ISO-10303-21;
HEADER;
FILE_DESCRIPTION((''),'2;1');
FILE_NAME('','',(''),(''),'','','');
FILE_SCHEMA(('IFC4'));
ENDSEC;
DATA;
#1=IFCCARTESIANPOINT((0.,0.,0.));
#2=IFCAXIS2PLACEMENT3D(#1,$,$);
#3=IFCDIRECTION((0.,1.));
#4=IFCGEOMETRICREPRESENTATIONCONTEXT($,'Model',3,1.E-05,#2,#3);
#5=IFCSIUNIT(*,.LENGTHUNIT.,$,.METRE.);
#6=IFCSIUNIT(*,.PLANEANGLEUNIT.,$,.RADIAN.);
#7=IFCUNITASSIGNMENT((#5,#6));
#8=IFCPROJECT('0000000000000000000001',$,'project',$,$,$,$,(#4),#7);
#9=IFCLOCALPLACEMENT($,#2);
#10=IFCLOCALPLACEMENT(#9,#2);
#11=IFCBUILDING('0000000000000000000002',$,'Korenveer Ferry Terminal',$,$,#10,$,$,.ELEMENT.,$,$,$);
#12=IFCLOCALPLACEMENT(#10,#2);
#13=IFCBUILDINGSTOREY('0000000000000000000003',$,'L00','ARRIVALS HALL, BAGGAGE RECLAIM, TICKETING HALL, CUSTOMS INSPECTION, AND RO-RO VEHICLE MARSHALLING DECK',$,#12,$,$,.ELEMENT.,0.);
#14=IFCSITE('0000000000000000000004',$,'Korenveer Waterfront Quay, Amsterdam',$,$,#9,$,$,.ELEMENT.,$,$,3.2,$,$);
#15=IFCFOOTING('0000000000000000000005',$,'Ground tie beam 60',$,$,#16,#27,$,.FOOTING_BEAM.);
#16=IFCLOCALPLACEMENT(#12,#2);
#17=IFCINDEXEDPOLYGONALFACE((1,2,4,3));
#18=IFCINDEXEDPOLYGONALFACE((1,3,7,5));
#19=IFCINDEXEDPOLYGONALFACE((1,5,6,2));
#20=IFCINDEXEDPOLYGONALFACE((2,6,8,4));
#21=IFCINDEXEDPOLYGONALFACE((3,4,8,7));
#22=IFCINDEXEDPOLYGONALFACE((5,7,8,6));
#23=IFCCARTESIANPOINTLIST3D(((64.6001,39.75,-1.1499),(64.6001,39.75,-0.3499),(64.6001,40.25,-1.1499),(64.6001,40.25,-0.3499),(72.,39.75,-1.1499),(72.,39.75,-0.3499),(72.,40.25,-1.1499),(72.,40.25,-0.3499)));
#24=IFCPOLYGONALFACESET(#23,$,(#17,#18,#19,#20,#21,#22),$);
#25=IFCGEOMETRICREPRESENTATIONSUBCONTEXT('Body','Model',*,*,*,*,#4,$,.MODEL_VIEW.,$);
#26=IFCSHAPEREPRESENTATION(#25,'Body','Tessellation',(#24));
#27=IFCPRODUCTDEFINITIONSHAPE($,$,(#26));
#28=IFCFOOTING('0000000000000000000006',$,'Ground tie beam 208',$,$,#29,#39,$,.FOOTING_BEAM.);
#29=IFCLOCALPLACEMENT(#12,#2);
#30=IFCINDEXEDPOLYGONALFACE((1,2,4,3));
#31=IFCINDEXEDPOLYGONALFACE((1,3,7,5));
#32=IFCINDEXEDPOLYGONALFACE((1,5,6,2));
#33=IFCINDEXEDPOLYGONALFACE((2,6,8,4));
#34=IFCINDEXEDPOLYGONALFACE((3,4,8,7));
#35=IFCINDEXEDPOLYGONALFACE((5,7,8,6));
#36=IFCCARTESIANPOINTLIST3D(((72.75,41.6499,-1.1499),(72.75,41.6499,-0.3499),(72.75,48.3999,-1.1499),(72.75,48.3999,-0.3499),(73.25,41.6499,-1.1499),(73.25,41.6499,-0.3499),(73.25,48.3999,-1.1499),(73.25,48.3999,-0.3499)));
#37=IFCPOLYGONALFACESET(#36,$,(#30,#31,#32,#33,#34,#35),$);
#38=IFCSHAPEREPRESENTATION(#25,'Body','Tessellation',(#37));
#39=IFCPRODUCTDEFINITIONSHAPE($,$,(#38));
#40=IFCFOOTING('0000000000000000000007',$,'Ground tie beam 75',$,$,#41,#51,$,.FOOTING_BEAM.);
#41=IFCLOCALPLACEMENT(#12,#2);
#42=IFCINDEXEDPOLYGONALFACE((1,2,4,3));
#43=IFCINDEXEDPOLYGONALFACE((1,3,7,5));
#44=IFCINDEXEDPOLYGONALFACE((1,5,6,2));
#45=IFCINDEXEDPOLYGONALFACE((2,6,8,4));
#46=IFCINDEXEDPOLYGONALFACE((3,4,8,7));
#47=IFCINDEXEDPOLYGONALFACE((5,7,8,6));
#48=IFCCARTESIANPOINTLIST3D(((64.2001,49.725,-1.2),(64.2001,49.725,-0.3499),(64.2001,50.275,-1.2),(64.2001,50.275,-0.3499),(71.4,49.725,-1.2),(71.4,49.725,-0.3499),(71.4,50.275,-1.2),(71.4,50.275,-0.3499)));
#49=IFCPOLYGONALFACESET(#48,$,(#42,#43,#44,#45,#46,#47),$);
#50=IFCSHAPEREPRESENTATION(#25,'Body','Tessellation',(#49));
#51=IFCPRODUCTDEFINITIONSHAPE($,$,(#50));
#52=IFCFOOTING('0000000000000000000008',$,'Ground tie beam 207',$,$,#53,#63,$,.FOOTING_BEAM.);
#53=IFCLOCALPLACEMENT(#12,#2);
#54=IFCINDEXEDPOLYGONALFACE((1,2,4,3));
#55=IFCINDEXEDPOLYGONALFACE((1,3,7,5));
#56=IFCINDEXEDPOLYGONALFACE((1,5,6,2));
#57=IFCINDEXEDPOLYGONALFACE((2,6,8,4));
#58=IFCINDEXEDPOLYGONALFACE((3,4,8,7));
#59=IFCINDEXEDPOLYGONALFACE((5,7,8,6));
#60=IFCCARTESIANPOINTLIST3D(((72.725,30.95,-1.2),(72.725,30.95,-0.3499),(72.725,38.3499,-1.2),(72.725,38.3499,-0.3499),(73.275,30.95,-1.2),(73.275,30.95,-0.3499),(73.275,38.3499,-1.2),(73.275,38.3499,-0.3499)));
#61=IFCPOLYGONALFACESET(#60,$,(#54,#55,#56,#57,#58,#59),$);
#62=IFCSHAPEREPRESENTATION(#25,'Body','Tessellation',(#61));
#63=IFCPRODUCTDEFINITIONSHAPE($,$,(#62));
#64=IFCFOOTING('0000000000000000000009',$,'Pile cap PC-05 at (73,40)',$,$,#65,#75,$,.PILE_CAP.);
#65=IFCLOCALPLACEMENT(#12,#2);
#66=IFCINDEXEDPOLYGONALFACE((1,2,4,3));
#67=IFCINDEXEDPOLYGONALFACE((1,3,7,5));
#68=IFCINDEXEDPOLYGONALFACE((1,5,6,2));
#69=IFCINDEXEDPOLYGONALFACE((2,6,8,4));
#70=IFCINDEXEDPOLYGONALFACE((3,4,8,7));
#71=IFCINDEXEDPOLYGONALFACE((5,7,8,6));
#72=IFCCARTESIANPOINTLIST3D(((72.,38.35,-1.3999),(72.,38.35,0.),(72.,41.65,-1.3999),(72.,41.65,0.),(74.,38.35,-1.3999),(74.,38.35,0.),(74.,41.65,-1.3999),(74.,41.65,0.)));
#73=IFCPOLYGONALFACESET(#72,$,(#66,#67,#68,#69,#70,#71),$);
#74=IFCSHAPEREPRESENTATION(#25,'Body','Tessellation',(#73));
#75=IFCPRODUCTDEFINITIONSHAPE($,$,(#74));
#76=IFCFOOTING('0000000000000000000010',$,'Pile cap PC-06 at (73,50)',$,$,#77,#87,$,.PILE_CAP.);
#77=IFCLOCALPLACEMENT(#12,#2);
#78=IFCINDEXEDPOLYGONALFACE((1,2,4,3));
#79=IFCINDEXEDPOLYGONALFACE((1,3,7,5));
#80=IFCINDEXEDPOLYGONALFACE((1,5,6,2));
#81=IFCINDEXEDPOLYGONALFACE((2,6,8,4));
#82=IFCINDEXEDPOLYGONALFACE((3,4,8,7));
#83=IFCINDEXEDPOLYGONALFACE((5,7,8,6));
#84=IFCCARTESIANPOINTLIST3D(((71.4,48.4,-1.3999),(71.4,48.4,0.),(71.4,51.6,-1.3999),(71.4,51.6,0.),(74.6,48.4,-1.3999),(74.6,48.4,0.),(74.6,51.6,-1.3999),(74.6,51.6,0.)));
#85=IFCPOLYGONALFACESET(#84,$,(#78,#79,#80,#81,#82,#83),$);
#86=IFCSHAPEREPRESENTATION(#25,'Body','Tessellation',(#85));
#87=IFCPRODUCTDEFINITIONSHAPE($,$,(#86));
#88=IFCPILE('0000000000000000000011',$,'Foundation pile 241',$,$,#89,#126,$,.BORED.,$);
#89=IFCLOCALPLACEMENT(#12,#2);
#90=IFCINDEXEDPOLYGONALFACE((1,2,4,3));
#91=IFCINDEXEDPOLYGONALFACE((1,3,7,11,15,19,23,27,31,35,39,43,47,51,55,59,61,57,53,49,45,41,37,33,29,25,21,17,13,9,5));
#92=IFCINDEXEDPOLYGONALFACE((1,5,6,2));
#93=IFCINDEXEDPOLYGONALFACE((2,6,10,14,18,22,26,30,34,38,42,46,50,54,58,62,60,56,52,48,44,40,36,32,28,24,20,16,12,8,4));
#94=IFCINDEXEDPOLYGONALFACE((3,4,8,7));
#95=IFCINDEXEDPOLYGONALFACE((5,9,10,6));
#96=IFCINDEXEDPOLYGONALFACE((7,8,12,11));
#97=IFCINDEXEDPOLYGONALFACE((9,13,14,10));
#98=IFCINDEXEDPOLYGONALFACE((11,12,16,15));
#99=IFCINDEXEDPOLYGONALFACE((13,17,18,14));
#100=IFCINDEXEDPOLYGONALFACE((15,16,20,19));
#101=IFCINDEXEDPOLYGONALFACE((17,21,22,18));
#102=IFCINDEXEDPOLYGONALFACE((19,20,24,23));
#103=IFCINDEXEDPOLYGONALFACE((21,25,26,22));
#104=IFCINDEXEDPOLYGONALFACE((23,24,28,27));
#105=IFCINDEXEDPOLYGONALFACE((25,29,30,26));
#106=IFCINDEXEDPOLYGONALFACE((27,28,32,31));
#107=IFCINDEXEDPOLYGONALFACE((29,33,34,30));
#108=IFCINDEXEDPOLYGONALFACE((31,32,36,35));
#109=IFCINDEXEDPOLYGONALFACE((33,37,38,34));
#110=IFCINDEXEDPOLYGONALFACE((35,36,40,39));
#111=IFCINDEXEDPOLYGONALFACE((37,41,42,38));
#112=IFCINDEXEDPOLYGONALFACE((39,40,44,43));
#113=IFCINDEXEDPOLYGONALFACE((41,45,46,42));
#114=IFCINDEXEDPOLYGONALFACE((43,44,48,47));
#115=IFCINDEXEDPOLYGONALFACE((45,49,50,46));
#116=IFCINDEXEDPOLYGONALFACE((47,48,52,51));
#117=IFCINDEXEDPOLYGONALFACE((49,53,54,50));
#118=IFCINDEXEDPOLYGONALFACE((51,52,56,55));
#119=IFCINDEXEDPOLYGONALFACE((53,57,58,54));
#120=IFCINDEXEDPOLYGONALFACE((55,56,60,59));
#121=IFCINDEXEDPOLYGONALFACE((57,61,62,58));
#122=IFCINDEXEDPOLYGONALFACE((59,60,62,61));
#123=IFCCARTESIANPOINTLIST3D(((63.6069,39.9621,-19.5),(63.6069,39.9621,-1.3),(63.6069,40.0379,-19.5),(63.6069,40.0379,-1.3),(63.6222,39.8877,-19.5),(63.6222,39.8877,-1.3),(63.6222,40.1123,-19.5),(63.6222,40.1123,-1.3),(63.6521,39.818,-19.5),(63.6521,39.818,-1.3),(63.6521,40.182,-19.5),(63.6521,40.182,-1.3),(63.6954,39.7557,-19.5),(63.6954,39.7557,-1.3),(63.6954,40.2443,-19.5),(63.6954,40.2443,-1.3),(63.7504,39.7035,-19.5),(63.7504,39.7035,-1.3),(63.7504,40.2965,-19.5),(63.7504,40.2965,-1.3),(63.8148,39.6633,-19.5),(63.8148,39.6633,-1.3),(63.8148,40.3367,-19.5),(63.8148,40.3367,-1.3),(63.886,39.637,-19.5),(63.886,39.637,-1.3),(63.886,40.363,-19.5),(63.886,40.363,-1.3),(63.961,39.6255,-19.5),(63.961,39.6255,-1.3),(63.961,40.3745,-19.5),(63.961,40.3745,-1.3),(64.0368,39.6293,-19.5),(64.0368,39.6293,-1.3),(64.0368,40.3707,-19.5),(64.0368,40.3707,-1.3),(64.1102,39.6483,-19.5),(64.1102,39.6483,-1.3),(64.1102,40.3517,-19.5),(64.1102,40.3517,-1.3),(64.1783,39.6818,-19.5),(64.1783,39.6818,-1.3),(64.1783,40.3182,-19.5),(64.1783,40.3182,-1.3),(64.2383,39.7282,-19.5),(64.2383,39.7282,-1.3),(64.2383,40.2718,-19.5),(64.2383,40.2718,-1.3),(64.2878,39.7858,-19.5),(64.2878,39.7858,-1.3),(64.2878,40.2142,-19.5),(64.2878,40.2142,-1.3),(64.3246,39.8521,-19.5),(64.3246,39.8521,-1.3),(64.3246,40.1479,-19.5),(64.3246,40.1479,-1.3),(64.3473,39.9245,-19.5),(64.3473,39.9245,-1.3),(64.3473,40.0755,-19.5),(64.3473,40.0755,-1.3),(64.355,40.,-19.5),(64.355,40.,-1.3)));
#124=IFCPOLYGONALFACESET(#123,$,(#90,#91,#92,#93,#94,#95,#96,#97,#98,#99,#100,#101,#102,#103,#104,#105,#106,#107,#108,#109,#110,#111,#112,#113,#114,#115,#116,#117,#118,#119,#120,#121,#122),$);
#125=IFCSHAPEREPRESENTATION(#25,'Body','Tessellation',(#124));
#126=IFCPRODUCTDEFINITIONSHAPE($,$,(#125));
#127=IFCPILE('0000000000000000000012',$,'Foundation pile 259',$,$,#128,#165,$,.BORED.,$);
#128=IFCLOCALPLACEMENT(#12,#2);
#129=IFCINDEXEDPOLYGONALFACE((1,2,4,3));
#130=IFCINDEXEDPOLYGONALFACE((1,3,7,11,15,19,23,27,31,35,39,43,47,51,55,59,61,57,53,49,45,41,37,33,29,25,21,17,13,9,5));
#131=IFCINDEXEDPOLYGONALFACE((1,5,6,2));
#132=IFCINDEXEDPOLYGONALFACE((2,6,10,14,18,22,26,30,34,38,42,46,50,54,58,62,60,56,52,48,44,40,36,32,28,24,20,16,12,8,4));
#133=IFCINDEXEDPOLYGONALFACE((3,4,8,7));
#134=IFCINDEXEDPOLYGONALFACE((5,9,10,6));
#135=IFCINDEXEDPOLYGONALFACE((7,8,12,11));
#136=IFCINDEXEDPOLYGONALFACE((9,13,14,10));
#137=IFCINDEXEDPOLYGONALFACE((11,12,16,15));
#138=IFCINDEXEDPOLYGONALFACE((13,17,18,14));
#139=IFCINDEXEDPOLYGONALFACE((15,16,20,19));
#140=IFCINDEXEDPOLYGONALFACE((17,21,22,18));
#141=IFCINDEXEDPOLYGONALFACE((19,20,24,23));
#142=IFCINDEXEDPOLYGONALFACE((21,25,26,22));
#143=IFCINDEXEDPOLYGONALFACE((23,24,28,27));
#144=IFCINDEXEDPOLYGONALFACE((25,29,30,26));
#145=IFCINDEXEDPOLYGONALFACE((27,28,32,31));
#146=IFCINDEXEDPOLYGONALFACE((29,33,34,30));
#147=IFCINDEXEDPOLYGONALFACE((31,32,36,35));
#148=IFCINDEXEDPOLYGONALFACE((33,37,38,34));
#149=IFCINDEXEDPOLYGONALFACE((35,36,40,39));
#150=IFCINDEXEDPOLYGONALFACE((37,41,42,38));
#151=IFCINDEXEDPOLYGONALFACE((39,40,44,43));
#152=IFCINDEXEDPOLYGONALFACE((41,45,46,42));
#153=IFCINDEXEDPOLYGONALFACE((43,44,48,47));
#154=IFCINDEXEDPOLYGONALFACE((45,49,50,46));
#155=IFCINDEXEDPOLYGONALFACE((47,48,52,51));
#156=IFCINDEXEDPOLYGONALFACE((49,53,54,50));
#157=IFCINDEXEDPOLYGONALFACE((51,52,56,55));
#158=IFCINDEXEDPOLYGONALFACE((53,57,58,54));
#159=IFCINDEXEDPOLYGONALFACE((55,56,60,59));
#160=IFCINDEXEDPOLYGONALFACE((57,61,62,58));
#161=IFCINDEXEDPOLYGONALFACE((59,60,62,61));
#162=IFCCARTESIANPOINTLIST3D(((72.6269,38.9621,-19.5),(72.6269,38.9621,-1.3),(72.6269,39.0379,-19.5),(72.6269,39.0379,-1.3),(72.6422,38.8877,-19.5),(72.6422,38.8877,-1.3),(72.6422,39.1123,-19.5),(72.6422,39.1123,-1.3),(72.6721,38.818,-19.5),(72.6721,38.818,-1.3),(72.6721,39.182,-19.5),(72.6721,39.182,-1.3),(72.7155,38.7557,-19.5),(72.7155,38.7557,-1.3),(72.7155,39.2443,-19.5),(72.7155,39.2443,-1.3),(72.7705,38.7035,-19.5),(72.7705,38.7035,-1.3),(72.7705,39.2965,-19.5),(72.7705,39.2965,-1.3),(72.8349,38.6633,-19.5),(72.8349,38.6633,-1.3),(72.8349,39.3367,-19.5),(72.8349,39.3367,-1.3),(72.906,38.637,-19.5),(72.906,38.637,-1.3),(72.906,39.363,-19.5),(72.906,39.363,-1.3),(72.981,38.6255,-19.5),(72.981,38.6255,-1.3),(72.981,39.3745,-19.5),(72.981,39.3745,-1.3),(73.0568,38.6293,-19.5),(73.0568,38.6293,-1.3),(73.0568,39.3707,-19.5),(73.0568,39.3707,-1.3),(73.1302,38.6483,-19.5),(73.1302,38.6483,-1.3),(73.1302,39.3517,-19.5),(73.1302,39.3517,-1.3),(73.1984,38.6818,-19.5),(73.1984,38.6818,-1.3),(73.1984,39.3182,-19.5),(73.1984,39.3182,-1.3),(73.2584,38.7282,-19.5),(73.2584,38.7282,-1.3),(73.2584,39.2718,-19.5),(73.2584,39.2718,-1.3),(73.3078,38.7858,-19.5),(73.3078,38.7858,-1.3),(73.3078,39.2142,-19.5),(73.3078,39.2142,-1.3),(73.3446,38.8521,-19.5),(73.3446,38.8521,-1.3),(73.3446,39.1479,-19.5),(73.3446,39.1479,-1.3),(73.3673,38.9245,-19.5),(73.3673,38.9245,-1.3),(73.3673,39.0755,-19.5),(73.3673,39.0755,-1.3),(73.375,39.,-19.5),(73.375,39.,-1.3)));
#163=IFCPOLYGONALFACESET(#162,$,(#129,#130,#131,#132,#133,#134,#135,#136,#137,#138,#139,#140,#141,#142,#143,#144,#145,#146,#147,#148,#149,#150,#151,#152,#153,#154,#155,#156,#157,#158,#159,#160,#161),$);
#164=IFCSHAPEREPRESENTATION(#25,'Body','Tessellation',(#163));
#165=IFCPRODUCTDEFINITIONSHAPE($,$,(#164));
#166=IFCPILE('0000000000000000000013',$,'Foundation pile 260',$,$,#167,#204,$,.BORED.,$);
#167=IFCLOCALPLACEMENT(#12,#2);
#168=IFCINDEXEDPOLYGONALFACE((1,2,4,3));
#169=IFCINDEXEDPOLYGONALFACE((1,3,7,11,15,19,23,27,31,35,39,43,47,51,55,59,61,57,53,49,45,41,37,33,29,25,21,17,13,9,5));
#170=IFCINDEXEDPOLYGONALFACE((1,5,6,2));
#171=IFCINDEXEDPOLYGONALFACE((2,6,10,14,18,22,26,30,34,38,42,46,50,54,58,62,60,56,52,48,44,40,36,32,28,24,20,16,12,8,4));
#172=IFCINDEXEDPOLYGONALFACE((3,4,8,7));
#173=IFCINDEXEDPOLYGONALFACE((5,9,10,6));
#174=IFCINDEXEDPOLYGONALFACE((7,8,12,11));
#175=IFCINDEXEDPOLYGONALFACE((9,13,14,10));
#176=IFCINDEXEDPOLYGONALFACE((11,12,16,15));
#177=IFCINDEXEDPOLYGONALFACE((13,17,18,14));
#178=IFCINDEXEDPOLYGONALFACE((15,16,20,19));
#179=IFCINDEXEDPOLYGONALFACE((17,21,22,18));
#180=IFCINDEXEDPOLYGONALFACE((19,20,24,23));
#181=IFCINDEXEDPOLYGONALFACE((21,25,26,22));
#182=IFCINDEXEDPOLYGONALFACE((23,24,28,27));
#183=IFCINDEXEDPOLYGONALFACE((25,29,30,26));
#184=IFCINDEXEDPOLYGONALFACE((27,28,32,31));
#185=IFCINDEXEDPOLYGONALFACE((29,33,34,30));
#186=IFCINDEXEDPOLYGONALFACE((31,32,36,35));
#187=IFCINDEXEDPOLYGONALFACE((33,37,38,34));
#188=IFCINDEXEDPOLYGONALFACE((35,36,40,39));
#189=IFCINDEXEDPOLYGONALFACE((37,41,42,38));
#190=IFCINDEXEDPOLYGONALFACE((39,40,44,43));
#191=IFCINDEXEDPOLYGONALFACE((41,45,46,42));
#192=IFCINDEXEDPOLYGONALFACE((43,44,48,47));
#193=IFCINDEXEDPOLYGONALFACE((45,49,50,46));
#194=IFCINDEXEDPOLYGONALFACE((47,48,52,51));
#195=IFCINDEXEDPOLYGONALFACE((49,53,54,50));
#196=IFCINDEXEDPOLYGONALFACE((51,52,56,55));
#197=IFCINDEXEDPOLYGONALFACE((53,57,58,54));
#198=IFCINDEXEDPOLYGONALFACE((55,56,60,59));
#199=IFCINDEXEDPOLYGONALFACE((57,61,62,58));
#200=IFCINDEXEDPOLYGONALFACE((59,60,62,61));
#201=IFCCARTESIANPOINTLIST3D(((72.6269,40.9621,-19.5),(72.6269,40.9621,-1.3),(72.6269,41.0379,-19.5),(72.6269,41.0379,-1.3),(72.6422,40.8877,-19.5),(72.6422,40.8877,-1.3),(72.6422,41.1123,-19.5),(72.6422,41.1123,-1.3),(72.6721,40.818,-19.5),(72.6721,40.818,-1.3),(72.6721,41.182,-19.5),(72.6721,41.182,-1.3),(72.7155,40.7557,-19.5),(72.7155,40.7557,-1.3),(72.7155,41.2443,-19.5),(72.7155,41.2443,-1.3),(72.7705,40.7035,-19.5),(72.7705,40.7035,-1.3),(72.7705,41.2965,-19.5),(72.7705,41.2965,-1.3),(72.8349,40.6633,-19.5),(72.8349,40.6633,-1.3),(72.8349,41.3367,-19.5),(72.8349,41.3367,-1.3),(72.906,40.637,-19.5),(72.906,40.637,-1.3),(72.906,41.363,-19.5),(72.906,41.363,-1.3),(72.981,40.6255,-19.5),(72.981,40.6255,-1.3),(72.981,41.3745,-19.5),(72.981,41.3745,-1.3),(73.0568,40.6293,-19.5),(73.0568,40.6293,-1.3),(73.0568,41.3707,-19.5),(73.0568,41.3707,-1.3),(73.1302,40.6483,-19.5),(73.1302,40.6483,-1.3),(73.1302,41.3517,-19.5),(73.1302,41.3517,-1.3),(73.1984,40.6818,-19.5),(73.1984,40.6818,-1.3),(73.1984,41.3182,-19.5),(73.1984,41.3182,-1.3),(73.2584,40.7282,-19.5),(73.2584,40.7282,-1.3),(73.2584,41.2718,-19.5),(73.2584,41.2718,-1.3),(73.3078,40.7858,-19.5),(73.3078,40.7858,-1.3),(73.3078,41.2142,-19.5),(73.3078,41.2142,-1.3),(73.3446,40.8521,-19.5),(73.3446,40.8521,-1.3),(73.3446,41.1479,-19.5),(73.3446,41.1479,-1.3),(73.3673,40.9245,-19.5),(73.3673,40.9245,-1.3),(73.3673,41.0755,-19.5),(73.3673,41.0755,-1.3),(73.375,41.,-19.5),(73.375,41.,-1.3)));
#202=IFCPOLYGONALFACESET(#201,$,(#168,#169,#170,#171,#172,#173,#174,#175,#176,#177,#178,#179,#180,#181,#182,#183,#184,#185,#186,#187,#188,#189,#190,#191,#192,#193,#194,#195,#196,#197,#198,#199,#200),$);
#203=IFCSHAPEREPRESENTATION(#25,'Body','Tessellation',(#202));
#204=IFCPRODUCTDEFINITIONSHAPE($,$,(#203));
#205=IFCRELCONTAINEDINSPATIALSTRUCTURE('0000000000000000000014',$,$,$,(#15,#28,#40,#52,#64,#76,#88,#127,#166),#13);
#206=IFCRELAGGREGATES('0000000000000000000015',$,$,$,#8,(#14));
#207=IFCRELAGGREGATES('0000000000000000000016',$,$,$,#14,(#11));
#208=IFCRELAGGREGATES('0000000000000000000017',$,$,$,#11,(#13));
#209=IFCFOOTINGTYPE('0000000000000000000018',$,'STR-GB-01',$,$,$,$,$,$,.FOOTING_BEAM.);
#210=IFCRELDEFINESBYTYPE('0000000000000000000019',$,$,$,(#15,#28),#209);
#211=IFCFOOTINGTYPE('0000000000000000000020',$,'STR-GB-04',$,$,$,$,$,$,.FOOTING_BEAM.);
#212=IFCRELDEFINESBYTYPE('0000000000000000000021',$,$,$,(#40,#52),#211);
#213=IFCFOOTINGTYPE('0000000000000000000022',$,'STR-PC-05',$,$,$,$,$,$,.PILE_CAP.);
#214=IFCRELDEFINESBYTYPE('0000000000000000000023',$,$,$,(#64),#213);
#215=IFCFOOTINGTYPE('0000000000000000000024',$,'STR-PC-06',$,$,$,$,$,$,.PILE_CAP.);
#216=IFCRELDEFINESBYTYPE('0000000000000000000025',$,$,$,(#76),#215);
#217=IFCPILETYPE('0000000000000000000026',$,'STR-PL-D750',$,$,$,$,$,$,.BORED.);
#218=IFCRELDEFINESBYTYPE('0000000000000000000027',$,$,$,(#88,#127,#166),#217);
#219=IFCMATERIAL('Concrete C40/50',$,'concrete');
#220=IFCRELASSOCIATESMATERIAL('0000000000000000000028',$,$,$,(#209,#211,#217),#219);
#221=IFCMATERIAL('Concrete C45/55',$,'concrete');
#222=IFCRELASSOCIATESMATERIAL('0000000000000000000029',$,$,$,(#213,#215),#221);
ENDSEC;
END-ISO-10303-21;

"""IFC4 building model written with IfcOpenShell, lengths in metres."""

from ifc_helpers import new_model, si_unit, direction, frame, origin, origin_2d, place, context, subcontext, project, spatial, rectangle, circle, extrude, material, material_profile, profile_set, type_object, element, save


model = new_model("IFC4")

# Units and contexts
model_context = context("Model", 3, precision=1e-05, world=origin(), true_north=direction((0.0, 1.0)))
body_context = subcontext(model_context, "Body", "Model", "MODEL_VIEW")
ifc_project = project(units=[si_unit("LENGTHUNIT", "METRE"), si_unit("PLANEANGLEUNIT", "RADIAN")], contexts=[model_context])

# Site, building, storey
site_placement = place(None, origin())
site = spatial("IfcSite", under=ifc_project, at=site_placement, Name="Korenveer Waterfront Quay, Amsterdam", CompositionType="ELEMENT", RefElevation=3.2)
building_placement = place(site_placement, origin())
building = spatial("IfcBuilding", under=site, at=building_placement, Name="Korenveer Ferry Terminal", CompositionType="ELEMENT")
storey_placement = place(building_placement, origin())
storey = spatial("IfcBuildingStorey", under=building, at=storey_placement, Name="L00", Description="ARRIVALS HALL, BAGGAGE RECLAIM, TICKETING HALL, CUSTOMS INSPECTION, AND RO-RO VEHICLE MARSHALLING DECK", CompositionType="ELEMENT", Elevation=0.0)

# Footings
ifc_material_1 = material(Name="Concrete C40/50", Category="concrete")
footing_type_1 = type_object("IfcFootingType", Name="STR-GB-01", PredefinedType="FOOTING_BEAM", material=ifc_material_1)
footing_1_placement = place(storey_placement, frame((68.3, 40.0, -1.1499), z_axis=(0.0, 0.0, 1.0), x_axis=(1.0, 0.0, 0.0)))
element("IfcFooting", 1, at=footing_1_placement, inside=storey, type_object=footing_type_1, Name="Ground tie beam 60", PredefinedType="FOOTING_BEAM", context=body_context, shape_type="SweptSolid", body=[
    extrude(rectangle(XDim=7.3999, YDim=0.5, at=origin_2d()), origin(), (0.0, 0.0, 1.0), 0.8),
])
footing_2_placement = place(storey_placement, frame((73.0, 45.0249, -1.1499), z_axis=(0.0, 0.0, 1.0), x_axis=(1.0, 0.0, 0.0)))
element("IfcFooting", 2, at=footing_2_placement, inside=storey, type_object=footing_type_1, Name="Ground tie beam 208", PredefinedType="FOOTING_BEAM", context=body_context, shape_type="SweptSolid", body=[
    extrude(rectangle(XDim=0.5, YDim=6.75, at=origin_2d()), origin(), (0.0, 0.0, 1.0), 0.8),
])
footing_type_2 = type_object("IfcFootingType", Name="STR-GB-04", PredefinedType="FOOTING_BEAM", material=ifc_material_1)
footing_3_placement = place(storey_placement, frame((67.8, 50.0, -1.2), z_axis=(0.0, 0.0, 1.0), x_axis=(1.0, 0.0, 0.0)))
element("IfcFooting", 3, at=footing_3_placement, inside=storey, type_object=footing_type_2, Name="Ground tie beam 75", PredefinedType="FOOTING_BEAM", context=body_context, shape_type="SweptSolid", body=[
    extrude(rectangle(XDim=7.2, YDim=0.55, at=origin_2d()), origin(), (0.0, 0.0, 1.0), 0.8501),
])
footing_4_placement = place(storey_placement, frame((73.0, 34.6499, -1.2), z_axis=(0.0, 0.0, 1.0), x_axis=(1.0, 0.0, 0.0)))
element("IfcFooting", 4, at=footing_4_placement, inside=storey, type_object=footing_type_2, Name="Ground tie beam 207", PredefinedType="FOOTING_BEAM", context=body_context, shape_type="SweptSolid", body=[
    extrude(rectangle(XDim=0.55, YDim=7.3999, at=origin_2d()), origin(), (0.0, 0.0, 1.0), 0.8501),
])
ifc_material_2 = material(Name="Concrete C45/55", Category="concrete")
footing_type_3 = type_object("IfcFootingType", Name="STR-PC-05", PredefinedType="PILE_CAP", material=ifc_material_2)
footing_5_placement = place(storey_placement, frame((73.0, 40.0, -1.3999), z_axis=(0.0, 0.0, 1.0), x_axis=(1.0, 0.0, 0.0)))
element("IfcFooting", 5, at=footing_5_placement, inside=storey, type_object=footing_type_3, Name="Pile cap PC-05 at (73,40)", PredefinedType="PILE_CAP", context=body_context, shape_type="SweptSolid", body=[
    extrude(rectangle(XDim=2.0, YDim=3.3, at=origin_2d()), origin(), (0.0, 0.0, 1.0), 1.3999),
])
footing_type_4 = type_object("IfcFootingType", Name="STR-PC-06", PredefinedType="PILE_CAP", material=ifc_material_2)
footing_6_placement = place(storey_placement, frame((73.0, 50.0, -1.3999), z_axis=(0.0, 0.0, 1.0), x_axis=(1.0, 0.0, 0.0)))
element("IfcFooting", 6, at=footing_6_placement, inside=storey, type_object=footing_type_4, Name="Pile cap PC-06 at (73,50)", PredefinedType="PILE_CAP", context=body_context, shape_type="SweptSolid", body=[
    extrude(rectangle(XDim=3.2, YDim=3.2, at=origin_2d()), origin(), (0.0, 0.0, 1.0), 1.3999),
])

# Piles
ifc_material_profile_1 = material_profile(ifc_material_1, circle(Radius=0.375, at=origin_2d()), Name="PILE D750")
ifc_profile_set_1 = profile_set([ifc_material_profile_1], Name="Concrete C40/50")
pile_type = type_object("IfcPileType", Name="STR-PL-D750", PredefinedType="BORED", material=ifc_profile_set_1)
for number, where, z_axis, x_axis, name in (
    (7, (63.98, 40.0, -1.3), (0.0, 0.0, -1.0), (1.0, 0.0, 0.0), "Foundation pile 241"),
    (8, (73.0, 39.0, -1.3), (0.0, 0.0, -1.0), (1.0, 0.0, 0.0), "Foundation pile 259"),
    (9, (73.0, 41.0, -1.3), (0.0, 0.0, -1.0), (1.0, 0.0, 0.0), "Foundation pile 260"),
):
    element("IfcPile", number, at=place(storey_placement, frame(where, z_axis=z_axis, x_axis=x_axis)), inside=storey, type_object=pile_type, Name=name, PredefinedType="BORED", context=body_context, shape_type="SweptSolid", body=[
        extrude(circle(Radius=0.375, at=origin_2d()), origin(), (0.0, 0.0, 1.0), 18.2),
    ])

save(model, "model.ifc")
